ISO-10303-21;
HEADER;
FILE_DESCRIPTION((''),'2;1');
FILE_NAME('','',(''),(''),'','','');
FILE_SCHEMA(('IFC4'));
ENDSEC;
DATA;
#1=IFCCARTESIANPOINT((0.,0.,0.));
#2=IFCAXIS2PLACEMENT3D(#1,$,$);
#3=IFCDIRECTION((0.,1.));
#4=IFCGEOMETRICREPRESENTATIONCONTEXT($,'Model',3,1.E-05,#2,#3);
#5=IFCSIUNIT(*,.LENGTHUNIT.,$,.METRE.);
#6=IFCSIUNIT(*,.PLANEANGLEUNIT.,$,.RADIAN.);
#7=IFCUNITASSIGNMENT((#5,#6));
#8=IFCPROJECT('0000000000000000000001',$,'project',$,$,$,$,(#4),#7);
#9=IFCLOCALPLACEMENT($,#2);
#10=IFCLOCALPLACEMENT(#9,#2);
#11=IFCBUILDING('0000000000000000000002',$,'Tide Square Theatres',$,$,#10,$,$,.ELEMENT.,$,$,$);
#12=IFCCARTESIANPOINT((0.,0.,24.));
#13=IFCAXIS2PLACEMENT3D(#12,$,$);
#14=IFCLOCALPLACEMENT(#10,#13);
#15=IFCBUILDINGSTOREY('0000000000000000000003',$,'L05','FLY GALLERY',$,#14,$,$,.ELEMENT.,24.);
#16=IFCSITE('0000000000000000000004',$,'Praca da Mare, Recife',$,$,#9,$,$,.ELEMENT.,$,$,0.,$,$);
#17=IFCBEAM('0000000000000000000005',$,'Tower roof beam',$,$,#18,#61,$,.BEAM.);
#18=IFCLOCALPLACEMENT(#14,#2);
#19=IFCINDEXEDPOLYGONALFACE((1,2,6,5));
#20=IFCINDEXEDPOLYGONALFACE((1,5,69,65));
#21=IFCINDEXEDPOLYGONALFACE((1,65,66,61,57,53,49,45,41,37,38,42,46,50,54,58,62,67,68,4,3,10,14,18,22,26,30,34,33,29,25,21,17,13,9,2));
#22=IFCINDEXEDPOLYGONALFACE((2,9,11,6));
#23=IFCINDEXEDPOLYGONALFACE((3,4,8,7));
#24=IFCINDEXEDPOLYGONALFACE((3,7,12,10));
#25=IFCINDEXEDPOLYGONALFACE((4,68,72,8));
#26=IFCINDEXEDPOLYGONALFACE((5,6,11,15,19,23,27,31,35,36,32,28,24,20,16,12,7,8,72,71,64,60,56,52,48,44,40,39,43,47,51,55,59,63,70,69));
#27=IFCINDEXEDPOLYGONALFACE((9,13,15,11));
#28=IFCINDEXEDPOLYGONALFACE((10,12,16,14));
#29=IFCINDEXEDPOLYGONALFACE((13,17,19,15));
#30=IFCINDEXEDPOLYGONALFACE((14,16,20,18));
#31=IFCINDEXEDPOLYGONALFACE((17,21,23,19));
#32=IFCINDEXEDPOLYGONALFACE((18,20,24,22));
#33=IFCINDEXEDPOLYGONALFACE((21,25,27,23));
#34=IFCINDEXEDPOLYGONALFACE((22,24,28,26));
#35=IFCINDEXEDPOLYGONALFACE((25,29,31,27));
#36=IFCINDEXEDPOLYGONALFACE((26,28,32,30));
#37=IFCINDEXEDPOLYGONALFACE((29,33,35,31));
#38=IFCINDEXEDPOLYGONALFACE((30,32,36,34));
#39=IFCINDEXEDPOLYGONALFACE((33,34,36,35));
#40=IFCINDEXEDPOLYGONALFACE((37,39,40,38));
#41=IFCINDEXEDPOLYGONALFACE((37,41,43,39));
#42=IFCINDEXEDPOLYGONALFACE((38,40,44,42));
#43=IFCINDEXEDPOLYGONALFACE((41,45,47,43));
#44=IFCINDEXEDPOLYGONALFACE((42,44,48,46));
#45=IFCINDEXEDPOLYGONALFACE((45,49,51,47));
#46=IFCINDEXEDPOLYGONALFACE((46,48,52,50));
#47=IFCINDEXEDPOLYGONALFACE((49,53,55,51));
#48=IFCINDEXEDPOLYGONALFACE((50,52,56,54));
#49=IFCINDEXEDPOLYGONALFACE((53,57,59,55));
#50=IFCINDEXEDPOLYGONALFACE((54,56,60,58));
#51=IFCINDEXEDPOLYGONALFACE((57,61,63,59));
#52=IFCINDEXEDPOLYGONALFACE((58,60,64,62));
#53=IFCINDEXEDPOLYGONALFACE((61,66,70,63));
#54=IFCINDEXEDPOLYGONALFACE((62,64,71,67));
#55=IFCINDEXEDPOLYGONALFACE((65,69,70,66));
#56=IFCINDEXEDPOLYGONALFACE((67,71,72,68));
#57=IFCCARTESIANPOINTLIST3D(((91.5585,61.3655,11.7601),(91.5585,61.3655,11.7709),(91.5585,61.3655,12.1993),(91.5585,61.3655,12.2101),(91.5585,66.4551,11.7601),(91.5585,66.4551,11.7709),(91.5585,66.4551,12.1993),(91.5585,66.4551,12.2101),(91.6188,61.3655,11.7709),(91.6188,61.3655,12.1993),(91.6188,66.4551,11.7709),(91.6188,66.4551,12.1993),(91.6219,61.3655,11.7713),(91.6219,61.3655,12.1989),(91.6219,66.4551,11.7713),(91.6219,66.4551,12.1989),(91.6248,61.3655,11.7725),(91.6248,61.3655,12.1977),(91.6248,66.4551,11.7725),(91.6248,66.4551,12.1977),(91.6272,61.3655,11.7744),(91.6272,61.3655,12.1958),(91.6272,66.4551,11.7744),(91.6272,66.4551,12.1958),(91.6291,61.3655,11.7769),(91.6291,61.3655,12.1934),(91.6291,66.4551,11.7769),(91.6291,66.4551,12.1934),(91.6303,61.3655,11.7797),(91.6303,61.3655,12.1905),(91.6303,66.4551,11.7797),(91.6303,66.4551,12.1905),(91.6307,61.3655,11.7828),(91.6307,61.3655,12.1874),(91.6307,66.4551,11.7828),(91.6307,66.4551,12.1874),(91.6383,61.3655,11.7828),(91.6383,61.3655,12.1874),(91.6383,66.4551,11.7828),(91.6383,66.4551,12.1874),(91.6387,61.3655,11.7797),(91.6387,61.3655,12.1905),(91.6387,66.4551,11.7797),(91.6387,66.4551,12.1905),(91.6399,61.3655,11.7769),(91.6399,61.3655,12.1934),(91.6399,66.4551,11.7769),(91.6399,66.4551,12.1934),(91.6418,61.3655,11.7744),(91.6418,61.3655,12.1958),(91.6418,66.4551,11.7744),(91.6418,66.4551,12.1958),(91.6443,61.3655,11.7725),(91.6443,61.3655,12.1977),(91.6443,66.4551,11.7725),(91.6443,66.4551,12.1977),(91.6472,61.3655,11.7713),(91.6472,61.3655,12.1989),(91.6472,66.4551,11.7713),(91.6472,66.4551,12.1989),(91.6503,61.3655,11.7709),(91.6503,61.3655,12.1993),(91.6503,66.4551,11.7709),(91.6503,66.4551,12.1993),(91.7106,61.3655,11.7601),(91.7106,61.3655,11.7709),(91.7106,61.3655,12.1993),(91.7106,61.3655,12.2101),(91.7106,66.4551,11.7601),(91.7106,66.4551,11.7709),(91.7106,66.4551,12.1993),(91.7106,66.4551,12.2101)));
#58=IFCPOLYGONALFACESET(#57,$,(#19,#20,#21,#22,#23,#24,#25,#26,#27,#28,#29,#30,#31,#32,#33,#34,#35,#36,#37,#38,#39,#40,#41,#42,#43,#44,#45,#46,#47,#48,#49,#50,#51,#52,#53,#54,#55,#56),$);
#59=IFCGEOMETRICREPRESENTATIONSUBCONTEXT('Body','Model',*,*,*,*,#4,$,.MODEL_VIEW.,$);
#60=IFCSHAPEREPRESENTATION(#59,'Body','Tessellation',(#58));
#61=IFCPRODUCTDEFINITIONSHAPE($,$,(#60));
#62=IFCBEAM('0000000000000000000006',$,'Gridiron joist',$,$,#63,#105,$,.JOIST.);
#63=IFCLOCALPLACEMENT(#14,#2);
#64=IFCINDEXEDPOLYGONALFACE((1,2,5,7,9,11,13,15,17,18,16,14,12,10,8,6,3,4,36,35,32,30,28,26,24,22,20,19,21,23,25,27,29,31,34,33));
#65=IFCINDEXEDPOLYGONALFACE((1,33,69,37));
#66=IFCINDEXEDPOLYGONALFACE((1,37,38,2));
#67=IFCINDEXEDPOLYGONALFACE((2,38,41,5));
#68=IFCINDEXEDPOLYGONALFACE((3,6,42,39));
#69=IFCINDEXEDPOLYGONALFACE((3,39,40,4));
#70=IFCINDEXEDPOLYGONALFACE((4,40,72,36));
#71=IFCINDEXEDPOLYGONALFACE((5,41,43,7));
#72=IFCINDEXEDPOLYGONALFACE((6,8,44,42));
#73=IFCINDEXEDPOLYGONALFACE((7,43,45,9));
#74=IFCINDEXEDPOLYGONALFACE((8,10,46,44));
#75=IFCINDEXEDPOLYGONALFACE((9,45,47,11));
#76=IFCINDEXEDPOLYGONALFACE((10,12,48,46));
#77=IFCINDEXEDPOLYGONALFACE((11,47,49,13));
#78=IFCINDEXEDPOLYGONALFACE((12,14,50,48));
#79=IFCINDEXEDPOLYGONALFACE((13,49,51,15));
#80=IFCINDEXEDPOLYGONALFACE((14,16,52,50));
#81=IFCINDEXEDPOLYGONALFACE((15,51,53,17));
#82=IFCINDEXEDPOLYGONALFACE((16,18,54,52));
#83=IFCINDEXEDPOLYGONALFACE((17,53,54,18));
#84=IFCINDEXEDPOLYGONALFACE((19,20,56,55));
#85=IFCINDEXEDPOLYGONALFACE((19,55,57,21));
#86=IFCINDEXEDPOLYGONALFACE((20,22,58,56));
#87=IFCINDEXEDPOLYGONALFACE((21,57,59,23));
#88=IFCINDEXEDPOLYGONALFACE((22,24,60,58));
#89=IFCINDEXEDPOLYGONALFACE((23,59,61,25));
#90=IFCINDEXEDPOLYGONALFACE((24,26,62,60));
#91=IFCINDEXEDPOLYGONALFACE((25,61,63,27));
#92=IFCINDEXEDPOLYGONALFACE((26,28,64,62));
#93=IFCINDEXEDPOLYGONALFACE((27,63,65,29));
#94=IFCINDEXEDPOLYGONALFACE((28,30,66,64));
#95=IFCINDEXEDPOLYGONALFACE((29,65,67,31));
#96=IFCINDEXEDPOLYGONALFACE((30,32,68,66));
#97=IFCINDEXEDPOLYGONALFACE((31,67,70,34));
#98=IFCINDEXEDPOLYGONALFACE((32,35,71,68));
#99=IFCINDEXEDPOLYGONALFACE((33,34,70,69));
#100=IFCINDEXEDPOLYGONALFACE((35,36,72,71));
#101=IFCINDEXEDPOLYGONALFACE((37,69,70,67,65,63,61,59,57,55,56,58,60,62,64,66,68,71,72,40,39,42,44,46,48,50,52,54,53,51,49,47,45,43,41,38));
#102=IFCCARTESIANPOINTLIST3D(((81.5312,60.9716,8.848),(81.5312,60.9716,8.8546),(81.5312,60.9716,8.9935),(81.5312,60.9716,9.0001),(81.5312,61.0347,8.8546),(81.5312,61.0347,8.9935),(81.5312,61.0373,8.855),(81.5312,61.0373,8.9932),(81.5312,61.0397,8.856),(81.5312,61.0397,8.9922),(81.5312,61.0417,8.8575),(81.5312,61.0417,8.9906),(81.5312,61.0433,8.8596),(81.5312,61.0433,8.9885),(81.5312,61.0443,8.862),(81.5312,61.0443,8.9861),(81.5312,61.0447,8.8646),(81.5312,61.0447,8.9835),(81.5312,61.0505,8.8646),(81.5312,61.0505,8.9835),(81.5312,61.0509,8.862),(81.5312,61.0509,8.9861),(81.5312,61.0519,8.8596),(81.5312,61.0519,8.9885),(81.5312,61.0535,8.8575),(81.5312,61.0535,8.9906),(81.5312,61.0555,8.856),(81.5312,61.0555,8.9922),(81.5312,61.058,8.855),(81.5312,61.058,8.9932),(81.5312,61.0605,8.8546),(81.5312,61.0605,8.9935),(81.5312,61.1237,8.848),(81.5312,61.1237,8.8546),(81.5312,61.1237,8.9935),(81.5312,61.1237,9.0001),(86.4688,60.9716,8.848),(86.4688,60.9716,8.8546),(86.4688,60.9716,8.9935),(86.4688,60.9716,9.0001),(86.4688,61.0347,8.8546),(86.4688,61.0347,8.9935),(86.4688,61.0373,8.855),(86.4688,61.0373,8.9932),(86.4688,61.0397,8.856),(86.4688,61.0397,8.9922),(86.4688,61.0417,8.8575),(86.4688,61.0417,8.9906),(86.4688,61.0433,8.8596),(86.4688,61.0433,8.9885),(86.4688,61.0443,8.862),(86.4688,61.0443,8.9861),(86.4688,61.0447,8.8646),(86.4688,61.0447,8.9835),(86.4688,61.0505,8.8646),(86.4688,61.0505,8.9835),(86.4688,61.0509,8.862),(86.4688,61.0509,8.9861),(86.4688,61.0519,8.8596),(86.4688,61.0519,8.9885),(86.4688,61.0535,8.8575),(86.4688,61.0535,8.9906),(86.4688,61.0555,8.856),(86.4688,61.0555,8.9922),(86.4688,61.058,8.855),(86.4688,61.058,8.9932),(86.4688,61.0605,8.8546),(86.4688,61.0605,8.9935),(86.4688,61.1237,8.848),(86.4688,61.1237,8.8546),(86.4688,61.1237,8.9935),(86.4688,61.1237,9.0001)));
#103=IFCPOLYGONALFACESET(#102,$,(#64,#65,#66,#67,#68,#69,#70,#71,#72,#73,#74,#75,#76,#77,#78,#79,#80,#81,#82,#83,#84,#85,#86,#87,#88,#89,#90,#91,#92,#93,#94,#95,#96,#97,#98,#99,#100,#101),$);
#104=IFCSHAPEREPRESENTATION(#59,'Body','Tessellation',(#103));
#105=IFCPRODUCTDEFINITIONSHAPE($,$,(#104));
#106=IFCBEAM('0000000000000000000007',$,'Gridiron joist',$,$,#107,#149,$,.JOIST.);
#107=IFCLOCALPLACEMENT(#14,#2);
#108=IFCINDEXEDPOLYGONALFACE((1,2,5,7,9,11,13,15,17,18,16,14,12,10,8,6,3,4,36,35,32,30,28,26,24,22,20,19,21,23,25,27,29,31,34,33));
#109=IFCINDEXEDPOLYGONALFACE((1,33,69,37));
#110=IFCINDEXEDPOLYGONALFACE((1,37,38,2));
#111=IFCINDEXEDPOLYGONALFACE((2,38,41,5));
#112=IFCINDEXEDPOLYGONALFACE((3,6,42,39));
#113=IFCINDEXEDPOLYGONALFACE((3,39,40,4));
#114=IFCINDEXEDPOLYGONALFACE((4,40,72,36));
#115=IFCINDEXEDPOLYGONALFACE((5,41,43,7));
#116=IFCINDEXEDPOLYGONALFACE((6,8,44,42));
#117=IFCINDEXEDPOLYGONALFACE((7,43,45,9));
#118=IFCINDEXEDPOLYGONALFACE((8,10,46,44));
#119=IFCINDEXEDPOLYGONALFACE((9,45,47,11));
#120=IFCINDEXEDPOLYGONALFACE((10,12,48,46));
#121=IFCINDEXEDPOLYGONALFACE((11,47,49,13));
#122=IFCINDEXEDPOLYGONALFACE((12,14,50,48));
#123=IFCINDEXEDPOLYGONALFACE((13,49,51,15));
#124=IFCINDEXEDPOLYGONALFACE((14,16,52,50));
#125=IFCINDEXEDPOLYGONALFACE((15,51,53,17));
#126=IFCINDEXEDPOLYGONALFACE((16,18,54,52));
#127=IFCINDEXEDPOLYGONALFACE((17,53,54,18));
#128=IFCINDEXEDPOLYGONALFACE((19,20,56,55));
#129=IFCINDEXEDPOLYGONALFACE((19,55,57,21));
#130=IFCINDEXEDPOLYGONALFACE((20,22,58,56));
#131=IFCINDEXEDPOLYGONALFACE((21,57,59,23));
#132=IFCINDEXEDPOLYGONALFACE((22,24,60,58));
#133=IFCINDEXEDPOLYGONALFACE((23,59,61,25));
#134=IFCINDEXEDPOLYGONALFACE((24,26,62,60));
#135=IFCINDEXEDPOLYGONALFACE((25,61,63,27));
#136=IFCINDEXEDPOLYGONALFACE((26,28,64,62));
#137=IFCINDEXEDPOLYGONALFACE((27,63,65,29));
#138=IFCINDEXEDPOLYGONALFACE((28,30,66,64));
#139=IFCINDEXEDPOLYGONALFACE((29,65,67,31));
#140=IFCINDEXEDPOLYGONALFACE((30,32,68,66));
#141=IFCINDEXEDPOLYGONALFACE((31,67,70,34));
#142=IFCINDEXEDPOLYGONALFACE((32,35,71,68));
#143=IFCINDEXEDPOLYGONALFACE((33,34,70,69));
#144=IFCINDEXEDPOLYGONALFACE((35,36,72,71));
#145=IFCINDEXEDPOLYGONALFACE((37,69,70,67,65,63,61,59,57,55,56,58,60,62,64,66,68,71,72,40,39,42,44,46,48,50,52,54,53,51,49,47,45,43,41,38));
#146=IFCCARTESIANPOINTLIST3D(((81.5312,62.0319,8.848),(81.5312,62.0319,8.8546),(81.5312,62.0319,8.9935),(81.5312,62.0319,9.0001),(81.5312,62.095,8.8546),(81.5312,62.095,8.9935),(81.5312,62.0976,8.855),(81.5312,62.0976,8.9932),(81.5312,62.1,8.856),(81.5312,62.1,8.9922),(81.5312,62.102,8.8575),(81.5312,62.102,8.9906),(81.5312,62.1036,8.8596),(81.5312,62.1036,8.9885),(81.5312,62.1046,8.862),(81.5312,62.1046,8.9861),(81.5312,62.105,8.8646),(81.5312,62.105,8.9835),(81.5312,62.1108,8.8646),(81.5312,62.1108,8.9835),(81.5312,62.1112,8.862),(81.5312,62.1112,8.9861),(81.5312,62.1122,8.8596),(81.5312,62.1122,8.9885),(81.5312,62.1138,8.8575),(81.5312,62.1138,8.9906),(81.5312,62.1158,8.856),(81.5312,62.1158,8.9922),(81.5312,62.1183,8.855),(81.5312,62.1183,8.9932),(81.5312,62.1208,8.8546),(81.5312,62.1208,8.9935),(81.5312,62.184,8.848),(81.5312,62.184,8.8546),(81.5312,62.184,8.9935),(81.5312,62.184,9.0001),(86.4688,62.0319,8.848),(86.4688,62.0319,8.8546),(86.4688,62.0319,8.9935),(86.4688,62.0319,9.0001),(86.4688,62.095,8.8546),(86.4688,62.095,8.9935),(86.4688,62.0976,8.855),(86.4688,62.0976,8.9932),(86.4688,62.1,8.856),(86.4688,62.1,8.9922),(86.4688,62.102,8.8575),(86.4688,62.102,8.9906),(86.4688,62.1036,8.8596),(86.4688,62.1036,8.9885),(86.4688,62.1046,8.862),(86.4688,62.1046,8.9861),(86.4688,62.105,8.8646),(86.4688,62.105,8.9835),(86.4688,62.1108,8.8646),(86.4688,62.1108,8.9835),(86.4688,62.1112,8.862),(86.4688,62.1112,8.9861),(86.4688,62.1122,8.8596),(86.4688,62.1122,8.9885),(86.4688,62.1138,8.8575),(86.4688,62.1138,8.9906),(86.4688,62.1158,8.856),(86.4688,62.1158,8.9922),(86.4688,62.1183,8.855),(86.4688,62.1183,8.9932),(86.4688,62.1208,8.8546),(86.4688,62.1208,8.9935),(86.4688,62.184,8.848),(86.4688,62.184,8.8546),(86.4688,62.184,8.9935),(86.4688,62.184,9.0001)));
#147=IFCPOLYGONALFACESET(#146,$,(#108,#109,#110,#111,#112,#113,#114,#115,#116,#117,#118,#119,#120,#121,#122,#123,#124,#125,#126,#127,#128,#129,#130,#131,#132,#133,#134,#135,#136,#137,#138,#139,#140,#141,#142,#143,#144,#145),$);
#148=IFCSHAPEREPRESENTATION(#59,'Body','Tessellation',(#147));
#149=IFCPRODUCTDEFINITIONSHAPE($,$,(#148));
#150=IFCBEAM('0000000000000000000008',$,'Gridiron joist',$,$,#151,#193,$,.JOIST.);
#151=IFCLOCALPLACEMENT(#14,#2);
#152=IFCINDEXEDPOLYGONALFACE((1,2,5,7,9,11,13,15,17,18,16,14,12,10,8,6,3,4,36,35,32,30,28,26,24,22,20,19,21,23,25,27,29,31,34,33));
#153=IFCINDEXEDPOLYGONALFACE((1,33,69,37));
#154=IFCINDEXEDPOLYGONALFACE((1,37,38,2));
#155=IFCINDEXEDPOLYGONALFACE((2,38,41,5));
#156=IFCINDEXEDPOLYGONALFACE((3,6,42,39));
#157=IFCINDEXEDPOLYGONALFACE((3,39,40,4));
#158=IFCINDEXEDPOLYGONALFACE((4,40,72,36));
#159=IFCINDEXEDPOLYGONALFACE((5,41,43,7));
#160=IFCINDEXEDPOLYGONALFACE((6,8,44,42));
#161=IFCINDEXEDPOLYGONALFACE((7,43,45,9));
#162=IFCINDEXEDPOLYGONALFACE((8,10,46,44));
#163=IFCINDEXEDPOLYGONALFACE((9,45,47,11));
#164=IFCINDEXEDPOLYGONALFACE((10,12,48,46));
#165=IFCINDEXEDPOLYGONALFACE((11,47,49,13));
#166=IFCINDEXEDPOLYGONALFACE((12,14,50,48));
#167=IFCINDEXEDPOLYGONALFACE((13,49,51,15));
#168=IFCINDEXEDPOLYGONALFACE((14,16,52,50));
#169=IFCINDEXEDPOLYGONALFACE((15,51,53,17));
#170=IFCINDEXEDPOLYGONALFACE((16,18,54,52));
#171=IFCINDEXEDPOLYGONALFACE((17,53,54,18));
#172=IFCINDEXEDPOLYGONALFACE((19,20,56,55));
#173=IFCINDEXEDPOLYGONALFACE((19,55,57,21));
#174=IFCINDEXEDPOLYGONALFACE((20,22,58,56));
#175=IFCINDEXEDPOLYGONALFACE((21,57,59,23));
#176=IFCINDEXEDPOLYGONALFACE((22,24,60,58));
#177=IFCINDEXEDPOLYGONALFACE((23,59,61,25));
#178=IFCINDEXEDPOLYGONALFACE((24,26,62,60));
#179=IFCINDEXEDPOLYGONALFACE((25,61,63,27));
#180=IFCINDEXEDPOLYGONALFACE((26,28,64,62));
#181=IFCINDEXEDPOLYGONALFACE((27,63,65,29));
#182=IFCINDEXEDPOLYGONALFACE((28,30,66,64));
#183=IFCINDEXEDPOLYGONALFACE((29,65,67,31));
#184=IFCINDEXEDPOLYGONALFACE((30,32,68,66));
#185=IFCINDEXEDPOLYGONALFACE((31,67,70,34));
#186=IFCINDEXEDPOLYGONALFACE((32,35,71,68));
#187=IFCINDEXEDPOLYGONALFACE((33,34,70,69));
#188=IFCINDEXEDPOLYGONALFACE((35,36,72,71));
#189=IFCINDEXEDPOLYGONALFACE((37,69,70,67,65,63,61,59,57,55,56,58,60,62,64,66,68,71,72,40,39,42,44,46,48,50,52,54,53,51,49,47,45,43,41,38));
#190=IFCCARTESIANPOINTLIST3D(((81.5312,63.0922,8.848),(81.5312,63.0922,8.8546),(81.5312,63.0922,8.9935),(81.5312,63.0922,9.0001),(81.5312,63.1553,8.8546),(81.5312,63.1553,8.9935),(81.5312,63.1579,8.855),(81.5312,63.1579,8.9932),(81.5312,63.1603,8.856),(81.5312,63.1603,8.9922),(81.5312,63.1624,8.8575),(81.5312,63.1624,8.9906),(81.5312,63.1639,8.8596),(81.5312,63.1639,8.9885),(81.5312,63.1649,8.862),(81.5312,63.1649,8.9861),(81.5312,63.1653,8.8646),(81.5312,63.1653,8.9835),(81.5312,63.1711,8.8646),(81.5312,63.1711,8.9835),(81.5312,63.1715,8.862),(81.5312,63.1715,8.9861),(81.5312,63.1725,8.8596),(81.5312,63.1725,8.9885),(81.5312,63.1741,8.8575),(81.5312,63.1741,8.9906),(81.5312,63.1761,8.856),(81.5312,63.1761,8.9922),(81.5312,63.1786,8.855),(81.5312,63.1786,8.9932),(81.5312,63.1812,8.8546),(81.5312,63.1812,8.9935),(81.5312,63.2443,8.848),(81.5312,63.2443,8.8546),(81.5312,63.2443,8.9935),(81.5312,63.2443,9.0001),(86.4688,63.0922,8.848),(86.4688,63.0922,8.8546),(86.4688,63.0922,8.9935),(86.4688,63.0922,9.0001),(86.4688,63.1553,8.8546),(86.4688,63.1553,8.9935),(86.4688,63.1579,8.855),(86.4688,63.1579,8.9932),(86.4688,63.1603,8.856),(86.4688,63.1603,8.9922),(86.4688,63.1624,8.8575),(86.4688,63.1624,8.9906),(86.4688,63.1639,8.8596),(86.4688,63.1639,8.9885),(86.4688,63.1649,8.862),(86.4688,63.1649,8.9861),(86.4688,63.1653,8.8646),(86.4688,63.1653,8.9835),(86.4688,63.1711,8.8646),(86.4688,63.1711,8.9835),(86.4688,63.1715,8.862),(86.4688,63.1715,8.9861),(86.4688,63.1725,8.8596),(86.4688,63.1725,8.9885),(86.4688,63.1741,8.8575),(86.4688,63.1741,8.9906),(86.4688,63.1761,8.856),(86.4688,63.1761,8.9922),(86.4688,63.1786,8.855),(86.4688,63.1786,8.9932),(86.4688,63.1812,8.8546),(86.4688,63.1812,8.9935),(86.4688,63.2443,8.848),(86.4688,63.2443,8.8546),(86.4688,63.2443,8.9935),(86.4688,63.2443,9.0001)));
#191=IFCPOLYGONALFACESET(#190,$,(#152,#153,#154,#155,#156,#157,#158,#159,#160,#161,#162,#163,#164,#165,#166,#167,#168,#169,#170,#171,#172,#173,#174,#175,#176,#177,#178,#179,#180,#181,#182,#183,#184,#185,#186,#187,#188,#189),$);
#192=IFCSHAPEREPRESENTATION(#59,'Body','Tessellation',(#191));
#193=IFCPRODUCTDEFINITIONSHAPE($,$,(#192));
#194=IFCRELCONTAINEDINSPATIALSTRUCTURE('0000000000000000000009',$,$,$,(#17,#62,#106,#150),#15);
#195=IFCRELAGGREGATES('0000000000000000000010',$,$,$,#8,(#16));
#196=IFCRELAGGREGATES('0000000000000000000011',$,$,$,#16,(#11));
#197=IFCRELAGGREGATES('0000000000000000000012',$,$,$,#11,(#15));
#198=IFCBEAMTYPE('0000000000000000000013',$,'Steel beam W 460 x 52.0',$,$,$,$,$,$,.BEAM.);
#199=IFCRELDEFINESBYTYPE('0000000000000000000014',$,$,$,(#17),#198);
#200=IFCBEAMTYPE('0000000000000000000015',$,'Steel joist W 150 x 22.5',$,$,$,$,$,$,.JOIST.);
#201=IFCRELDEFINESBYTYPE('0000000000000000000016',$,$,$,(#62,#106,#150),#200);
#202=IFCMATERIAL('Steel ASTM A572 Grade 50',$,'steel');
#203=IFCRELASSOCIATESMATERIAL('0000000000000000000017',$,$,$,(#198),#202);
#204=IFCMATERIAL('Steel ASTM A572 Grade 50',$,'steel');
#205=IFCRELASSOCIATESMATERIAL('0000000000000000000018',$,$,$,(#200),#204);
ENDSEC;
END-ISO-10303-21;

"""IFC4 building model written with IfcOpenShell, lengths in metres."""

from ifc_helpers import new_model, si_unit, direction, frame, origin, origin_2d, place, context, subcontext, project, spatial, i_section, extrude, material, material_profile, profile_set, type_object, element, save


model = new_model("IFC4")

# Units and contexts
model_context = context("Model", 3, precision=1e-05, world=origin(), true_north=direction((0.0, 1.0)))
body_context = subcontext(model_context, "Body", "Model", "MODEL_VIEW")
ifc_project = project(units=[si_unit("LENGTHUNIT", "METRE"), si_unit("PLANEANGLEUNIT", "RADIAN")], contexts=[model_context])

# Site, building, storey
site_placement = place(None, origin())
site = spatial("IfcSite", under=ifc_project, at=site_placement, Name="Praca da Mare, Recife", CompositionType="ELEMENT", RefElevation=0.0)
building_placement = place(site_placement, origin())
building = spatial("IfcBuilding", under=site, at=building_placement, Name="Tide Square Theatres", CompositionType="ELEMENT")
storey_placement = place(building_placement, frame((0.0, 0.0, 24.0)))
storey = spatial("IfcBuildingStorey", under=building, at=storey_placement, Name="L05", Description="FLY GALLERY", CompositionType="ELEMENT", Elevation=24.0)

# Beams
ifc_material_1 = material(Name="Steel ASTM A572 Grade 50", Category="steel")
ifc_material_profile_1 = material_profile(ifc_material_1, i_section(OverallWidth=0.1521, OverallDepth=0.45, WebThickness=0.0076, FlangeThickness=0.0107, FilletRadius=0.012, at=origin_2d()))
ifc_profile_set_1 = profile_set([ifc_material_profile_1], Name="Steel ASTM A572 Grade 50")
beam_type_1 = type_object("IfcBeamType", Name="Steel beam W 460 x 52.0", PredefinedType="BEAM", material=ifc_profile_set_1)
beam_1_placement = place(storey_placement, frame((91.6345, 61.3655, 11.9851), z_axis=(0.0, 1.0, 0.0), x_axis=(-1.0, 0.0, 0.0)))
element("IfcBeam", 1, at=beam_1_placement, inside=storey, type_object=beam_type_1, Name="Tower roof beam", PredefinedType="BEAM", context=body_context, shape_type="SweptSolid", body=[
    extrude(i_section(OverallWidth=0.1521, OverallDepth=0.45, WebThickness=0.0076, FlangeThickness=0.0107, FilletRadius=0.012, at=origin_2d()), origin(), (0.0, 0.0, 1.0), 5.0896),
])
ifc_material_2 = material(Name="Steel ASTM A572 Grade 50", Category="steel")
ifc_material_profile_2 = material_profile(ifc_material_2, i_section(OverallWidth=0.1521, OverallDepth=0.1521, WebThickness=0.0059, FlangeThickness=0.0066, FilletRadius=0.01, at=origin_2d()))
ifc_profile_set_2 = profile_set([ifc_material_profile_2], Name="Steel ASTM A572 Grade 50")
beam_type_2 = type_object("IfcBeamType", Name="Steel joist W 150 x 22.5", PredefinedType="JOIST", material=ifc_profile_set_2)
for number, where, z_axis, x_axis, name in (
    (2, (81.5312, 61.0476, 8.9241), (1.0, 0.0, 0.0), (0.0, 1.0, 0.0), "Gridiron joist"),
    (3, (81.5312, 62.1079, 8.9241), (1.0, 0.0, 0.0), (0.0, 1.0, 0.0), "Gridiron joist"),
    (4, (81.5312, 63.1682, 8.9241), (1.0, 0.0, 0.0), (0.0, 1.0, 0.0), "Gridiron joist"),
):
    element("IfcBeam", number, at=place(storey_placement, frame(where, z_axis=z_axis, x_axis=x_axis)), inside=storey, type_object=beam_type_2, Name=name, PredefinedType="JOIST", context=body_context, shape_type="SweptSolid", body=[
        extrude(i_section(OverallWidth=0.1521, OverallDepth=0.1521, WebThickness=0.0059, FlangeThickness=0.0066, FilletRadius=0.01, at=origin_2d()), origin(), (0.0, 0.0, 1.0), 4.9375),
    ])

save(model, "model.ifc")
